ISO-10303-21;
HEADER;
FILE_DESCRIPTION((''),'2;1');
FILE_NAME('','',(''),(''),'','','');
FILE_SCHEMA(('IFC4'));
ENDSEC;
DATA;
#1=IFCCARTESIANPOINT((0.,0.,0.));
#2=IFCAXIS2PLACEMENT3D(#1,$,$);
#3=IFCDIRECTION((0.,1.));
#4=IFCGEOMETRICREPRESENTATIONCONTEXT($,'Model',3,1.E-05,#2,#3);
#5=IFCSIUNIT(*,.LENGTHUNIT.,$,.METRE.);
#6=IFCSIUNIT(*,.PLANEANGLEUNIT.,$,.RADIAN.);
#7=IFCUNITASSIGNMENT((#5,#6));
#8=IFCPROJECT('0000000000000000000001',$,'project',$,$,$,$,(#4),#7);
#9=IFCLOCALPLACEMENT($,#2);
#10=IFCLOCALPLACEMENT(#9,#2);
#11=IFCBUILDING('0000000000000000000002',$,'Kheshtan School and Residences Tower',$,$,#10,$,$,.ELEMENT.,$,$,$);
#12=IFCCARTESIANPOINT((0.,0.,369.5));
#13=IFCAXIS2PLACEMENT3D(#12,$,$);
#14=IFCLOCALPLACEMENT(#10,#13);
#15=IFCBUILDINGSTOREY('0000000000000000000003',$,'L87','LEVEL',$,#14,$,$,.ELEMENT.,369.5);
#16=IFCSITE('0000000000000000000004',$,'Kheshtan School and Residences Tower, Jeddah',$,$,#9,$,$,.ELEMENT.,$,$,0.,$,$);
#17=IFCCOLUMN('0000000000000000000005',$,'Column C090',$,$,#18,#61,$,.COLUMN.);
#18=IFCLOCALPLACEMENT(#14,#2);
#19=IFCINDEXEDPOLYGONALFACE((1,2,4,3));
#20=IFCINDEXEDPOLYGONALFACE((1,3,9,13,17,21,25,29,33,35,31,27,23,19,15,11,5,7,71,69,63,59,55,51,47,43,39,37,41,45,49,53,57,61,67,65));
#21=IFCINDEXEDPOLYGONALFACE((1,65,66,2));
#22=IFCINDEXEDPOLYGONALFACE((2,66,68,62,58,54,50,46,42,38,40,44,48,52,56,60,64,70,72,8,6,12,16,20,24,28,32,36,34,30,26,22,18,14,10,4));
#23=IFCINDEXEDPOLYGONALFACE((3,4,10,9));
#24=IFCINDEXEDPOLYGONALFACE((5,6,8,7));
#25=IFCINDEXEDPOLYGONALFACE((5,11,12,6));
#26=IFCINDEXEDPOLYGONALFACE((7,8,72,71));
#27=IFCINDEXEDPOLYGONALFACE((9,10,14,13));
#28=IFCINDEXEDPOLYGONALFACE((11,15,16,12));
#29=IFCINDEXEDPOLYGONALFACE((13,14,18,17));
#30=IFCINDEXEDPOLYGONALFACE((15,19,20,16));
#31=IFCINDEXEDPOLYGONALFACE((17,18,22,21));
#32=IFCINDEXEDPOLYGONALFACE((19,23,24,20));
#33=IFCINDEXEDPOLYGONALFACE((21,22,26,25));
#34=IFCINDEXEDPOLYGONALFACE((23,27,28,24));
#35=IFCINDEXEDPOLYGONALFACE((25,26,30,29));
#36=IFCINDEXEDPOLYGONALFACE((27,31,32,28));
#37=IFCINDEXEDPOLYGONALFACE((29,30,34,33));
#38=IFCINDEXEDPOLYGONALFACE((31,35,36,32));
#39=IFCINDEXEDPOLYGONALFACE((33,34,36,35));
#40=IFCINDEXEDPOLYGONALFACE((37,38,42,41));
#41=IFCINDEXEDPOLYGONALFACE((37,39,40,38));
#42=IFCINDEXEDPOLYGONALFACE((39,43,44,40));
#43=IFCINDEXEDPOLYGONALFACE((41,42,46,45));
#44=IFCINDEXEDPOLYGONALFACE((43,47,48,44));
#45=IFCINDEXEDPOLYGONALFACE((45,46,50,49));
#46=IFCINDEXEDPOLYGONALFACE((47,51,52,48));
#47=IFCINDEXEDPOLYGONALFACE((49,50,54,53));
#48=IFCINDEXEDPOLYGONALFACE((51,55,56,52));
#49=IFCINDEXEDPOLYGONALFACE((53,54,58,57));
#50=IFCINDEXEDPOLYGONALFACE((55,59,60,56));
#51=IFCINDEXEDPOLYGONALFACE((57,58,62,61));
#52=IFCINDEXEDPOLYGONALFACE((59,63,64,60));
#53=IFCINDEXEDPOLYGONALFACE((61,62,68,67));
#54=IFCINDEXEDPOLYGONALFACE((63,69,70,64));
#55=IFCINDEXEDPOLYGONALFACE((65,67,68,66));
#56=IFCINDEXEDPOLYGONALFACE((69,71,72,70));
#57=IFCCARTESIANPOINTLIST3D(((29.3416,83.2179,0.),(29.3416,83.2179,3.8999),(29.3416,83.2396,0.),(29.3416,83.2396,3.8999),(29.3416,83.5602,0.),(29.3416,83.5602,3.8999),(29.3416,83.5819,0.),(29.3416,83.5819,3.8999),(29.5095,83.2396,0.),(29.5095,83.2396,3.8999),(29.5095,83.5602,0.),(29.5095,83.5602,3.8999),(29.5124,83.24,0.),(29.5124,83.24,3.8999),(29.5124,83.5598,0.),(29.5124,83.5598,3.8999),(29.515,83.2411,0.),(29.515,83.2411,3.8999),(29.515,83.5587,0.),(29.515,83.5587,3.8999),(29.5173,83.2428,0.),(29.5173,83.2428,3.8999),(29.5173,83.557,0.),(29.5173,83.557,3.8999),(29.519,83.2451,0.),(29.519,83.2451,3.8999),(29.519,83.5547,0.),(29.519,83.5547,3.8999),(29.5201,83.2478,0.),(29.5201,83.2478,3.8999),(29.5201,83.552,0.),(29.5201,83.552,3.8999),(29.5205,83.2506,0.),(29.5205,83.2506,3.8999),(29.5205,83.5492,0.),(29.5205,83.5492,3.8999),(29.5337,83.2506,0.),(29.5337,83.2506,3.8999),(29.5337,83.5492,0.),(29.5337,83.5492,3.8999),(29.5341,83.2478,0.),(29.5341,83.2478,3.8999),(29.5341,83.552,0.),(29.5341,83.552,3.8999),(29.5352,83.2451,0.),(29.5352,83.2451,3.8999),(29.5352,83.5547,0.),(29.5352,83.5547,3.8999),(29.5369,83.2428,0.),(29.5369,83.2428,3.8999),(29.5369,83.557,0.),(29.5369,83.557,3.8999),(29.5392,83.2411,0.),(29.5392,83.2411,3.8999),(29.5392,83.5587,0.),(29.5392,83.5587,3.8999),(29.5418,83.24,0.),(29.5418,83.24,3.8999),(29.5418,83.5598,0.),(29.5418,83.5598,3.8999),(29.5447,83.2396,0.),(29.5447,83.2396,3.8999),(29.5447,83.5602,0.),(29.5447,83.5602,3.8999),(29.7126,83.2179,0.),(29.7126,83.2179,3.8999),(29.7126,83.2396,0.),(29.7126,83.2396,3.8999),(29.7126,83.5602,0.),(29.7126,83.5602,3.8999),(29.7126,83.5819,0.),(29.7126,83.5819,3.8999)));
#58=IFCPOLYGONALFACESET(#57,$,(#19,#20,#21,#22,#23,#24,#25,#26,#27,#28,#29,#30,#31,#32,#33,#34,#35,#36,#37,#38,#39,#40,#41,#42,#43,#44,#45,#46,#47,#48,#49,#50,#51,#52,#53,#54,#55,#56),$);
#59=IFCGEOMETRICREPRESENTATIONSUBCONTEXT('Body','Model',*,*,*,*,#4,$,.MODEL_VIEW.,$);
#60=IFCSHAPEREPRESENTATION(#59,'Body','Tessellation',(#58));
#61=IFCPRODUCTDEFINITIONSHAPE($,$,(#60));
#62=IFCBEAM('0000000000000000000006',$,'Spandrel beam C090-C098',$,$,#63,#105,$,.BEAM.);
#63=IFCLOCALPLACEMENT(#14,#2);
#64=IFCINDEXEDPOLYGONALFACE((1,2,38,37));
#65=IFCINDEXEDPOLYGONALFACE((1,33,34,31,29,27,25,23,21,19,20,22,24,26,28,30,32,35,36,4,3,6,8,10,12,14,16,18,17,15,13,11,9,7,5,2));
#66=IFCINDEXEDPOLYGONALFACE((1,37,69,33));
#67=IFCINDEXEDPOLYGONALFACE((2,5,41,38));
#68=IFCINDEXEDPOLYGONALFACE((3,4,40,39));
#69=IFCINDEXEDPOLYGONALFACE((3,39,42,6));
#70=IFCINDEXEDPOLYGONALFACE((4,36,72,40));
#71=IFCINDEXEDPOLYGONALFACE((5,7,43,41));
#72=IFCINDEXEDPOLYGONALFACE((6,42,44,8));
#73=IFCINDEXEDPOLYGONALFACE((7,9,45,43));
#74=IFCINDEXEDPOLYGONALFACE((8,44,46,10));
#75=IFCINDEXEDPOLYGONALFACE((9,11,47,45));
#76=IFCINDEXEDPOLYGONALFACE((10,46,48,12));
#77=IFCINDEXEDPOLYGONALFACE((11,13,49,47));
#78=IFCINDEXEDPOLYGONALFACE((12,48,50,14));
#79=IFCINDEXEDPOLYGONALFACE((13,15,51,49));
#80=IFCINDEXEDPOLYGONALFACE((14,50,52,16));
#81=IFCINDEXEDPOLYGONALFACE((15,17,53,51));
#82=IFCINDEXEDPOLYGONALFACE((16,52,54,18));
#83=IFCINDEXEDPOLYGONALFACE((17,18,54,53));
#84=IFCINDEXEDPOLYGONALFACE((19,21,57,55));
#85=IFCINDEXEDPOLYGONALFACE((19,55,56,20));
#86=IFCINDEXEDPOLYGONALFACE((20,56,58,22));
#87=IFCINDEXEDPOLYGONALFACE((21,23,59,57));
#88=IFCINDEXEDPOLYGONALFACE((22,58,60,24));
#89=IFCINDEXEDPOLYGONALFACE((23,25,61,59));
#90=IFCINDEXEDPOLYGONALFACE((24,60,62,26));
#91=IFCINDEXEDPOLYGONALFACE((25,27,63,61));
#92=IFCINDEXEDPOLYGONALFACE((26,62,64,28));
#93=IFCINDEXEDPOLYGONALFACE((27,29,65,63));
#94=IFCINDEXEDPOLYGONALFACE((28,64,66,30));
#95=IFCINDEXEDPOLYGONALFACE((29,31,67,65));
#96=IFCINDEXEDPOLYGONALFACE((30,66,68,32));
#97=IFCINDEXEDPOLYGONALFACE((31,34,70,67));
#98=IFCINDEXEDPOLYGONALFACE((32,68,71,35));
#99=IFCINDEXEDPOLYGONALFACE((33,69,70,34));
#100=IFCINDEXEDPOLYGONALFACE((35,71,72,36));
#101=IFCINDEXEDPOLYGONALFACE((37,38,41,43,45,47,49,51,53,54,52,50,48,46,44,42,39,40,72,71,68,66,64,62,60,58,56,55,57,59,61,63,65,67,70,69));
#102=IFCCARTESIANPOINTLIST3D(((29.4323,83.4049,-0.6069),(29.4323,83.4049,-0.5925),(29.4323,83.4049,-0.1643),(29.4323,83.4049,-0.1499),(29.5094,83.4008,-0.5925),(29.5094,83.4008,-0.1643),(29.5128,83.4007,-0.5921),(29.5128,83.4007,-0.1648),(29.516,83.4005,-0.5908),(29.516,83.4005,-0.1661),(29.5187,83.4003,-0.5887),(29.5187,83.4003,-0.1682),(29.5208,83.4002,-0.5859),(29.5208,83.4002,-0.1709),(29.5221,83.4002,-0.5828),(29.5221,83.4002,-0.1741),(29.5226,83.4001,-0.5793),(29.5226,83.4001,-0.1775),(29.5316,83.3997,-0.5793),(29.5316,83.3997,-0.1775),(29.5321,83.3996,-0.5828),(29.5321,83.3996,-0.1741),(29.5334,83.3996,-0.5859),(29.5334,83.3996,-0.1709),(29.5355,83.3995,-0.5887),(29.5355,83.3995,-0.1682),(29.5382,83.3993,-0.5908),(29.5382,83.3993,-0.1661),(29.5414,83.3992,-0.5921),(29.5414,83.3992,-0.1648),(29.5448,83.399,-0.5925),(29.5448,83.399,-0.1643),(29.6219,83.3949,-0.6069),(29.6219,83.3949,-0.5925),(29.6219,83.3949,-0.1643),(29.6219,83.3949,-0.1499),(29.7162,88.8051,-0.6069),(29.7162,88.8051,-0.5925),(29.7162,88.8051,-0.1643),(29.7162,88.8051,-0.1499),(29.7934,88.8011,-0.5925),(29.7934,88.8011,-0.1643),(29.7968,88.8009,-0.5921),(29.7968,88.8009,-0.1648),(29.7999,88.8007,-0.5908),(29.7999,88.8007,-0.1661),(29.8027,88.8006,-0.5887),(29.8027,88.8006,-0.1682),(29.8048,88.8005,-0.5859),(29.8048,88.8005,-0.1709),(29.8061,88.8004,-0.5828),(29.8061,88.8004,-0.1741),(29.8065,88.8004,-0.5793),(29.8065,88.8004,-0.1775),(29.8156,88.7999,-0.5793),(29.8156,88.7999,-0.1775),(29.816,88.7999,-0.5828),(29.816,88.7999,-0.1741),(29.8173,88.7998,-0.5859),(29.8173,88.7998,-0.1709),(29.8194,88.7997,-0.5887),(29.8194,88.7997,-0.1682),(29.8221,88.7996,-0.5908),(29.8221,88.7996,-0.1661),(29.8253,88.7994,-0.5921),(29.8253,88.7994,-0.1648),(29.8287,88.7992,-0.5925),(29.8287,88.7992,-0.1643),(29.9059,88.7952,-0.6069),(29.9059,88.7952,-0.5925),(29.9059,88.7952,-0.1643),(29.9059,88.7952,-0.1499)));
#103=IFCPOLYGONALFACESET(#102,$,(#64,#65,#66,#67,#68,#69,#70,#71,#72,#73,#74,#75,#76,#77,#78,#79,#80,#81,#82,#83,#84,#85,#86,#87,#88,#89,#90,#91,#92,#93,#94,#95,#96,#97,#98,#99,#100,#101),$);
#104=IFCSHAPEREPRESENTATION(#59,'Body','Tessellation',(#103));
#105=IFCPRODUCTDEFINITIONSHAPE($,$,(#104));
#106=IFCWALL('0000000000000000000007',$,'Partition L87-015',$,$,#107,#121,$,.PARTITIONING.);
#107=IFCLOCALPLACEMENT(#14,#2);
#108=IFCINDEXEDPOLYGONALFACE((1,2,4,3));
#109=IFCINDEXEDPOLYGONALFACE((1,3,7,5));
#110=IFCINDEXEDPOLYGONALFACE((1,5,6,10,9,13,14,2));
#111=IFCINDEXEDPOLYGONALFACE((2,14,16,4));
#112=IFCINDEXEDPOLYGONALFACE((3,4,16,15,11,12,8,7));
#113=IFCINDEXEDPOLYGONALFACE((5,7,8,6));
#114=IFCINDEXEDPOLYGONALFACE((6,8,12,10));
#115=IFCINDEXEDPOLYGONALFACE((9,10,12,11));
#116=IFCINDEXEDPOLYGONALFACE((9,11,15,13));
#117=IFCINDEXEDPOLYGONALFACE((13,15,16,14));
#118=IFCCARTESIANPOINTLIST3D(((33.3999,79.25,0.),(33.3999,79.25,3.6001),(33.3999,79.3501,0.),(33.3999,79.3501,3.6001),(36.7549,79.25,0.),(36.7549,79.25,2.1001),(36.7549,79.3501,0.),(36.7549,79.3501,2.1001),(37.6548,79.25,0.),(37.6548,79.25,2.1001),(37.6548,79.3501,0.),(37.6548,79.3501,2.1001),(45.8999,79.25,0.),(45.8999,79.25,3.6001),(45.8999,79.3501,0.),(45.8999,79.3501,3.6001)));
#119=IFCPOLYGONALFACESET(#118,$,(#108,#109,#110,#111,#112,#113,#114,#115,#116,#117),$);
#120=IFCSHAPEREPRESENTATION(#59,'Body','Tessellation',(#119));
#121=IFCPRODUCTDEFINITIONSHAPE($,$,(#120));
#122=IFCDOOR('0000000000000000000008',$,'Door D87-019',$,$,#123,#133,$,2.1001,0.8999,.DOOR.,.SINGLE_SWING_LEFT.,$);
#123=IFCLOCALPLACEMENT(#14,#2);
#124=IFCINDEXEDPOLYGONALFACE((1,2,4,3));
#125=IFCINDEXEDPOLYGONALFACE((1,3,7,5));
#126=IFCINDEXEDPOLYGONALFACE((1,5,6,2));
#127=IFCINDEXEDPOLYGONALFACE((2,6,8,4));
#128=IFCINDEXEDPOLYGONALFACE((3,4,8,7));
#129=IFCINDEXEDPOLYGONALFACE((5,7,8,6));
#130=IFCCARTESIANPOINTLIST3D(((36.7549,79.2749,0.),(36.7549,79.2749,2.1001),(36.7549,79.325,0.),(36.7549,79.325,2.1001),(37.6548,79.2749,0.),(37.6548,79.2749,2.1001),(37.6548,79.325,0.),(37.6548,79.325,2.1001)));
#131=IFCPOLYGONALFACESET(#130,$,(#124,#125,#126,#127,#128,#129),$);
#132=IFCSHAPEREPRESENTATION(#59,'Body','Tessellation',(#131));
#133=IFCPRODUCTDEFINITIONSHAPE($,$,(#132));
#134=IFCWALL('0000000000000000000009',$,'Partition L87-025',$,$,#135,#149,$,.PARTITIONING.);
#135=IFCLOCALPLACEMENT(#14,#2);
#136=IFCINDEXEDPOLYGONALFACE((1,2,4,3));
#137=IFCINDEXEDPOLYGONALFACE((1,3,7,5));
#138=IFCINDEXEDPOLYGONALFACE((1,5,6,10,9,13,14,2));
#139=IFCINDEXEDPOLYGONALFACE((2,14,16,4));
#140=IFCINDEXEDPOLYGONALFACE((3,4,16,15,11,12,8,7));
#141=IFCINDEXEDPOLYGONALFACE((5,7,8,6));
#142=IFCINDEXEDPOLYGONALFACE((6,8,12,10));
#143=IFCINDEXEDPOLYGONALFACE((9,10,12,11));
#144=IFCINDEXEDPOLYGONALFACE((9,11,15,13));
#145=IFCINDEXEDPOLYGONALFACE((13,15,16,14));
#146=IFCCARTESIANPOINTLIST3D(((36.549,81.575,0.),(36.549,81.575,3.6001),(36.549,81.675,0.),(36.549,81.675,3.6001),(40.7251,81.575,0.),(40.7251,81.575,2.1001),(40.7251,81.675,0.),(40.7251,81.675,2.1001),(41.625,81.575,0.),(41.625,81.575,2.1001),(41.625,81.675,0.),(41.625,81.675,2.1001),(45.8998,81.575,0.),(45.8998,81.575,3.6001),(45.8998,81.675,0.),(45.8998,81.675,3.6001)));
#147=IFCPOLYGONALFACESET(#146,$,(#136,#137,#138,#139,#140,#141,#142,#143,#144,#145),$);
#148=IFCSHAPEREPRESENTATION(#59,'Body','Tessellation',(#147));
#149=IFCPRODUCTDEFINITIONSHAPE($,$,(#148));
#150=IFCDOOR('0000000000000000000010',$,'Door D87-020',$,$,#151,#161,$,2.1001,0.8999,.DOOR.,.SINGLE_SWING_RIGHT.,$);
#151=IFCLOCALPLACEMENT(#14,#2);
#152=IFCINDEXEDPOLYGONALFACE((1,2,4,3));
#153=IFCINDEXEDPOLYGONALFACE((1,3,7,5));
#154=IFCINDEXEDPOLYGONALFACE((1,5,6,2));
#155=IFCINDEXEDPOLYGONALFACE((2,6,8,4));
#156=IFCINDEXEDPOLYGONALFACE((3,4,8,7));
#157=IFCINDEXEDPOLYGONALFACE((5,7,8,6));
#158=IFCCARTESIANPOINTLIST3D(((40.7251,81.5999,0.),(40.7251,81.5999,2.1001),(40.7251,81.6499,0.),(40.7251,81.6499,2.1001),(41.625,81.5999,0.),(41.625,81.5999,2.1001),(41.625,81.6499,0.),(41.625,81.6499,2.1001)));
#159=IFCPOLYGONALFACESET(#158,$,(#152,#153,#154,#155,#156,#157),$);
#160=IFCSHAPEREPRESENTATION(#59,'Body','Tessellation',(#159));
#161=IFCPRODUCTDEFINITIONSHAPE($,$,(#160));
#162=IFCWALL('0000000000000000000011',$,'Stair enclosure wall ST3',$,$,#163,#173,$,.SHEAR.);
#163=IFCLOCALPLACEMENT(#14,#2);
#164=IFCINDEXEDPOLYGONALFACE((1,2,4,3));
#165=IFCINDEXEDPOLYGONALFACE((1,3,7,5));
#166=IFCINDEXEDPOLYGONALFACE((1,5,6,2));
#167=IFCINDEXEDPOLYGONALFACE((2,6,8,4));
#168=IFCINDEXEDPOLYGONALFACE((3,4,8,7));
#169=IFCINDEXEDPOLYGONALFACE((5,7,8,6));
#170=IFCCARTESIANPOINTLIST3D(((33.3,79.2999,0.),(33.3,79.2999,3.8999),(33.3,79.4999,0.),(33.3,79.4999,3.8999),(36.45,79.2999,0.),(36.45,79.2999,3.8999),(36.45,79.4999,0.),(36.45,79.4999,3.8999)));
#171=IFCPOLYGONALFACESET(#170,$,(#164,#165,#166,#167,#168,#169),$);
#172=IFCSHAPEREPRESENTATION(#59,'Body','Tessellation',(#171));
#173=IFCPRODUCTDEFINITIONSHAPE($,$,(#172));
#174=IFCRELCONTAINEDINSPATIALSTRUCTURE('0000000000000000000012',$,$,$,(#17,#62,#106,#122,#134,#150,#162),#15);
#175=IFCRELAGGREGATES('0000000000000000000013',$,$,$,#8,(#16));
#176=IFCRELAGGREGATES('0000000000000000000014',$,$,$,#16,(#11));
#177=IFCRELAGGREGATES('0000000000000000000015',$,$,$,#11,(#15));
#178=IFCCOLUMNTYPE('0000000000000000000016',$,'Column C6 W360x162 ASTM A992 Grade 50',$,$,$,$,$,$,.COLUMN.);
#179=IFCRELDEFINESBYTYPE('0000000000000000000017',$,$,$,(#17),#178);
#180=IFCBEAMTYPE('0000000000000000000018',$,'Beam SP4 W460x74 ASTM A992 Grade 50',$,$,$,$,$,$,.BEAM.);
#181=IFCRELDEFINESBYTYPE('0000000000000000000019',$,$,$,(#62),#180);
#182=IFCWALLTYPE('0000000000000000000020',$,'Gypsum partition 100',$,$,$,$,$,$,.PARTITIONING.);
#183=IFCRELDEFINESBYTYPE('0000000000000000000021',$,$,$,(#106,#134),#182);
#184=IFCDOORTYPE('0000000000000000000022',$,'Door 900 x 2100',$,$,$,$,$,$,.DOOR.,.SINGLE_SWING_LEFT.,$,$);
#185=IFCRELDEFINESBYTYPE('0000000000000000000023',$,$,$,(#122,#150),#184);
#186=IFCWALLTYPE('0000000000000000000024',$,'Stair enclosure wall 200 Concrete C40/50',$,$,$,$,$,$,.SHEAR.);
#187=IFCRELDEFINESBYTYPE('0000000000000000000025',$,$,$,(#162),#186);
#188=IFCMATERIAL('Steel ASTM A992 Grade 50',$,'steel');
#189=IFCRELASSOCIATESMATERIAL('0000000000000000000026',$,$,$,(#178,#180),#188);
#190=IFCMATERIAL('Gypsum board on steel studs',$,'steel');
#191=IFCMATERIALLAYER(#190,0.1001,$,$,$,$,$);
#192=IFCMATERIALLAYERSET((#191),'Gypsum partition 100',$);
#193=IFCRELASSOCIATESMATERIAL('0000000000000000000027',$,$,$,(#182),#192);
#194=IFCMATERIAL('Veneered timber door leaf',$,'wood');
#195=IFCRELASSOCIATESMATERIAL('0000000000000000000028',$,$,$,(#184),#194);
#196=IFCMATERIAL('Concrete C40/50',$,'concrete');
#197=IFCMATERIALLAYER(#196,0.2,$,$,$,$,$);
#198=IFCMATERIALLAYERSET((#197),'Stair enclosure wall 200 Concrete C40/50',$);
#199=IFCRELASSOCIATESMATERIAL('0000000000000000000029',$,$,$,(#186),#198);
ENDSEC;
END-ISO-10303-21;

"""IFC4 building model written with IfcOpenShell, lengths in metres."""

from ifc_helpers import new_model, si_unit, direction, frame, frame_2d, origin, origin_2d, place, context, subcontext, project, spatial, rectangle, i_section, extrude, source, transform, mapped, material, layer, layer_set, material_profile, profile_set, type_object, element, fill, save


model = new_model("IFC4")

# Units and contexts
model_context = context("Model", 3, precision=1e-05, world=origin(), true_north=direction((0.0, 1.0)))
body_context = subcontext(model_context, "Body", "Model", "MODEL_VIEW")
ifc_project = project(units=[si_unit("LENGTHUNIT", "METRE"), si_unit("PLANEANGLEUNIT", "RADIAN")], contexts=[model_context])

# Site, building, storey
site_placement = place(None, origin())
site = spatial("IfcSite", under=ifc_project, at=site_placement, Name="Kheshtan School and Residences Tower, Jeddah", CompositionType="ELEMENT", RefElevation=0.0)
building_placement = place(site_placement, origin())
building = spatial("IfcBuilding", under=site, at=building_placement, Name="Kheshtan School and Residences Tower", CompositionType="ELEMENT")
storey_placement = place(building_placement, frame((0.0, 0.0, 369.5)))
storey = spatial("IfcBuildingStorey", under=building, at=storey_placement, Name="L87", Description="LEVEL", CompositionType="ELEMENT", Elevation=369.5)

# Column
ifc_material_1 = material(Name="Steel ASTM A992 Grade 50", Category="steel")
ifc_material_profile_1 = material_profile(ifc_material_1, i_section(OverallWidth=0.3711, OverallDepth=0.364, WebThickness=0.0132, FlangeThickness=0.0217, FilletRadius=0.011, at=origin_2d()), Name="W360x162")
ifc_profile_set_1 = profile_set([ifc_material_profile_1], Name="Steel ASTM A992 Grade 50")
column_type = type_object("IfcColumnType", Name="Column C6 W360x162 ASTM A992 Grade 50", PredefinedType="COLUMN", material=ifc_profile_set_1)
column_placement = place(storey_placement, frame((29.5271, 83.3999, 0.0), z_axis=(0.0, 0.0, 1.0), x_axis=(1.0, 0.0, 0.0)))
element("IfcColumn", 1, at=column_placement, inside=storey, type_object=column_type, Name="Column C090", PredefinedType="COLUMN", context=body_context, shape_type="SweptSolid", body=[
    extrude(i_section(OverallWidth=0.3711, OverallDepth=0.364, WebThickness=0.0132, FlangeThickness=0.0217, FilletRadius=0.011, at=origin_2d()), origin(), (0.0, 0.0, 1.0), 3.8999),
])

# Beam
ifc_material_profile_2 = material_profile(ifc_material_1, i_section(OverallWidth=0.1899, OverallDepth=0.457, WebThickness=0.009, FlangeThickness=0.0144, FilletRadius=0.0132, at=origin_2d()), Name="W460x74")
ifc_profile_set_2 = profile_set([ifc_material_profile_2], Name="Steel ASTM A992 Grade 50")
beam_type = type_object("IfcBeamType", Name="Beam SP4 W460x74 ASTM A992 Grade 50", PredefinedType="BEAM", material=ifc_profile_set_2)
beam_placement = place(storey_placement, frame((29.5271, 83.3999, -0.3784), z_axis=(0.052507, 0.998621, 0.0), x_axis=(-0.998621, 0.052507, 0.0)))
element("IfcBeam", 2, at=beam_placement, inside=storey, type_object=beam_type, Name="Spandrel beam C090-C098", PredefinedType="BEAM", context=body_context, shape_type="SweptSolid", body=[
    extrude(i_section(OverallWidth=0.1899, OverallDepth=0.457, WebThickness=0.009, FlangeThickness=0.0144, FilletRadius=0.0132, at=origin_2d()), origin(), (0.0, 0.0, 1.0), 5.4077),
])

# Walls, openings, doors
ifc_material_2 = material(Name="Gypsum board on steel studs", Category="steel")
ifc_layer_1 = layer(ifc_material_2, 0.1001)
ifc_layer_set_1 = layer_set([ifc_layer_1], Name="Gypsum partition 100")
wall_type_1 = type_object("IfcWallType", Name="Gypsum partition 100", PredefinedType="PARTITIONING", material=ifc_layer_set_1)
wall_1_placement = place(storey_placement, frame((33.3999, 79.3, 0.0), z_axis=(0.0, 0.0, 1.0), x_axis=(1.0, 0.0, 0.0)))
wall_1 = element("IfcWall", 3, at=wall_1_placement, inside=storey, type_object=wall_type_1, Name="Partition L87-015", PredefinedType="PARTITIONING", context=body_context, shape_type="SweptSolid", body=[
    extrude(rectangle(XDim=12.5, YDim=0.1001, at=frame_2d((6.25, 0.0))), origin(), (0.0, 0.0, 1.0), 3.6001),
])
opening_1_placement = place(wall_1_placement, frame((3.355, 0.0, 0.0)))
opening_1 = element("IfcOpeningElement", 4, at=opening_1_placement, cuts=wall_1, PredefinedType="OPENING", context=body_context, shape_type="SweptSolid", body=[
    extrude(rectangle(XDim=0.8999, YDim=2.1001, at=frame_2d((0.45, 1.05))), frame((0.0, 0.0601, 0.0), z_axis=(0.0, -1.0, 0.0), x_axis=(1.0, 0.0, 0.0)), (0.0, 0.0, 1.0), 0.1201),
])
ifc_material_3 = material(Name="Veneered timber door leaf", Category="wood")
door_type_1 = type_object("IfcDoorType", Name="Door 900 x 2100", OperationType="SINGLE_SWING_LEFT", PredefinedType="DOOR", material=ifc_material_3)
shared_shape_1 = source(origin(), body_context, "Body", "SweptSolid", [
    extrude(rectangle(XDim=0.8999, YDim=2.1001, at=frame_2d((0.45, 1.05))), frame((0.0, 0.0249, 0.0), z_axis=(0.0, -1.0, 0.0), x_axis=(1.0, 0.0, 0.0)), (0.0, 0.0, 1.0), 0.05),
])
door_1_placement = place(opening_1_placement, origin())
door_1 = element("IfcDoor", 5, at=door_1_placement, inside=storey, type_object=door_type_1, Name="Door D87-019", OperationType="SINGLE_SWING_LEFT", OverallHeight=2.1001, OverallWidth=0.8999, PredefinedType="DOOR", context=body_context, shape_type="MappedRepresentation", body=[
    mapped(shared_shape_1, transform((0.0, 0.0, 0.0), x_axis=(1.0, 0.0, 0.0), y_axis=(0.0, 1.0, 0.0), z_axis=(0.0, 0.0, 1.0), scale=1.0)),
])
fill(opening_1, door_1)
wall_2_placement = place(storey_placement, frame((36.5491, 81.625, 0.0), z_axis=(0.0, 0.0, 1.0), x_axis=(1.0, 0.0, 0.0)))
wall_2 = element("IfcWall", 6, at=wall_2_placement, inside=storey, type_object=wall_type_1, Name="Partition L87-025", PredefinedType="PARTITIONING", context=body_context, shape_type="SweptSolid", body=[
    extrude(rectangle(XDim=9.3508, YDim=0.1001, at=frame_2d((4.6753, 0.0))), origin(), (0.0, 0.0, 1.0), 3.6001),
])
opening_2_placement = place(wall_2_placement, frame((4.176, 0.0, 0.0)))
opening_2 = element("IfcOpeningElement", 7, at=opening_2_placement, cuts=wall_2, PredefinedType="OPENING", context=body_context, shape_type="SweptSolid", body=[
    extrude(rectangle(XDim=0.8999, YDim=2.1001, at=frame_2d((0.45, 1.05))), frame((0.0, 0.0601, 0.0), z_axis=(0.0, -1.0, 0.0), x_axis=(1.0, 0.0, 0.0)), (0.0, 0.0, 1.0), 0.1201),
])
door_2_placement = place(opening_2_placement, origin())
door_2 = element("IfcDoor", 8, at=door_2_placement, inside=storey, type_object=door_type_1, Name="Door D87-020", OperationType="SINGLE_SWING_RIGHT", OverallHeight=2.1001, OverallWidth=0.8999, PredefinedType="DOOR", context=body_context, shape_type="MappedRepresentation", body=[
    mapped(shared_shape_1, transform((0.0, 0.0, 0.0), x_axis=(1.0, 0.0, 0.0), y_axis=(0.0, 1.0, 0.0), z_axis=(0.0, 0.0, 1.0), scale=1.0)),
])
fill(opening_2, door_2)

# Wall
ifc_material_4 = material(Name="Concrete C40/50", Category="concrete")
ifc_layer_2 = layer(ifc_material_4, 0.2)
ifc_layer_set_2 = layer_set([ifc_layer_2], Name="Stair enclosure wall 200 Concrete C40/50")
wall_type_2 = type_object("IfcWallType", Name="Stair enclosure wall 200 Concrete C40/50", PredefinedType="SHEAR", material=ifc_layer_set_2)
for number, where, z_axis, x_axis, name in (
    (9, (33.3, 79.3999, 0.0), (0.0, 0.0, 1.0), (1.0, 0.0, 0.0), "Stair enclosure wall ST3"),
):
    element("IfcWall", number, at=place(storey_placement, frame(where, z_axis=z_axis, x_axis=x_axis)), inside=storey, type_object=wall_type_2, Name=name, PredefinedType="SHEAR", context=body_context, shape_type="SweptSolid", body=[
        extrude(rectangle(XDim=3.1499, YDim=0.2, at=frame_2d((1.575, 0.0))), origin(), (0.0, 0.0, 1.0), 3.8999),
    ])

save(model, "model.ifc")
